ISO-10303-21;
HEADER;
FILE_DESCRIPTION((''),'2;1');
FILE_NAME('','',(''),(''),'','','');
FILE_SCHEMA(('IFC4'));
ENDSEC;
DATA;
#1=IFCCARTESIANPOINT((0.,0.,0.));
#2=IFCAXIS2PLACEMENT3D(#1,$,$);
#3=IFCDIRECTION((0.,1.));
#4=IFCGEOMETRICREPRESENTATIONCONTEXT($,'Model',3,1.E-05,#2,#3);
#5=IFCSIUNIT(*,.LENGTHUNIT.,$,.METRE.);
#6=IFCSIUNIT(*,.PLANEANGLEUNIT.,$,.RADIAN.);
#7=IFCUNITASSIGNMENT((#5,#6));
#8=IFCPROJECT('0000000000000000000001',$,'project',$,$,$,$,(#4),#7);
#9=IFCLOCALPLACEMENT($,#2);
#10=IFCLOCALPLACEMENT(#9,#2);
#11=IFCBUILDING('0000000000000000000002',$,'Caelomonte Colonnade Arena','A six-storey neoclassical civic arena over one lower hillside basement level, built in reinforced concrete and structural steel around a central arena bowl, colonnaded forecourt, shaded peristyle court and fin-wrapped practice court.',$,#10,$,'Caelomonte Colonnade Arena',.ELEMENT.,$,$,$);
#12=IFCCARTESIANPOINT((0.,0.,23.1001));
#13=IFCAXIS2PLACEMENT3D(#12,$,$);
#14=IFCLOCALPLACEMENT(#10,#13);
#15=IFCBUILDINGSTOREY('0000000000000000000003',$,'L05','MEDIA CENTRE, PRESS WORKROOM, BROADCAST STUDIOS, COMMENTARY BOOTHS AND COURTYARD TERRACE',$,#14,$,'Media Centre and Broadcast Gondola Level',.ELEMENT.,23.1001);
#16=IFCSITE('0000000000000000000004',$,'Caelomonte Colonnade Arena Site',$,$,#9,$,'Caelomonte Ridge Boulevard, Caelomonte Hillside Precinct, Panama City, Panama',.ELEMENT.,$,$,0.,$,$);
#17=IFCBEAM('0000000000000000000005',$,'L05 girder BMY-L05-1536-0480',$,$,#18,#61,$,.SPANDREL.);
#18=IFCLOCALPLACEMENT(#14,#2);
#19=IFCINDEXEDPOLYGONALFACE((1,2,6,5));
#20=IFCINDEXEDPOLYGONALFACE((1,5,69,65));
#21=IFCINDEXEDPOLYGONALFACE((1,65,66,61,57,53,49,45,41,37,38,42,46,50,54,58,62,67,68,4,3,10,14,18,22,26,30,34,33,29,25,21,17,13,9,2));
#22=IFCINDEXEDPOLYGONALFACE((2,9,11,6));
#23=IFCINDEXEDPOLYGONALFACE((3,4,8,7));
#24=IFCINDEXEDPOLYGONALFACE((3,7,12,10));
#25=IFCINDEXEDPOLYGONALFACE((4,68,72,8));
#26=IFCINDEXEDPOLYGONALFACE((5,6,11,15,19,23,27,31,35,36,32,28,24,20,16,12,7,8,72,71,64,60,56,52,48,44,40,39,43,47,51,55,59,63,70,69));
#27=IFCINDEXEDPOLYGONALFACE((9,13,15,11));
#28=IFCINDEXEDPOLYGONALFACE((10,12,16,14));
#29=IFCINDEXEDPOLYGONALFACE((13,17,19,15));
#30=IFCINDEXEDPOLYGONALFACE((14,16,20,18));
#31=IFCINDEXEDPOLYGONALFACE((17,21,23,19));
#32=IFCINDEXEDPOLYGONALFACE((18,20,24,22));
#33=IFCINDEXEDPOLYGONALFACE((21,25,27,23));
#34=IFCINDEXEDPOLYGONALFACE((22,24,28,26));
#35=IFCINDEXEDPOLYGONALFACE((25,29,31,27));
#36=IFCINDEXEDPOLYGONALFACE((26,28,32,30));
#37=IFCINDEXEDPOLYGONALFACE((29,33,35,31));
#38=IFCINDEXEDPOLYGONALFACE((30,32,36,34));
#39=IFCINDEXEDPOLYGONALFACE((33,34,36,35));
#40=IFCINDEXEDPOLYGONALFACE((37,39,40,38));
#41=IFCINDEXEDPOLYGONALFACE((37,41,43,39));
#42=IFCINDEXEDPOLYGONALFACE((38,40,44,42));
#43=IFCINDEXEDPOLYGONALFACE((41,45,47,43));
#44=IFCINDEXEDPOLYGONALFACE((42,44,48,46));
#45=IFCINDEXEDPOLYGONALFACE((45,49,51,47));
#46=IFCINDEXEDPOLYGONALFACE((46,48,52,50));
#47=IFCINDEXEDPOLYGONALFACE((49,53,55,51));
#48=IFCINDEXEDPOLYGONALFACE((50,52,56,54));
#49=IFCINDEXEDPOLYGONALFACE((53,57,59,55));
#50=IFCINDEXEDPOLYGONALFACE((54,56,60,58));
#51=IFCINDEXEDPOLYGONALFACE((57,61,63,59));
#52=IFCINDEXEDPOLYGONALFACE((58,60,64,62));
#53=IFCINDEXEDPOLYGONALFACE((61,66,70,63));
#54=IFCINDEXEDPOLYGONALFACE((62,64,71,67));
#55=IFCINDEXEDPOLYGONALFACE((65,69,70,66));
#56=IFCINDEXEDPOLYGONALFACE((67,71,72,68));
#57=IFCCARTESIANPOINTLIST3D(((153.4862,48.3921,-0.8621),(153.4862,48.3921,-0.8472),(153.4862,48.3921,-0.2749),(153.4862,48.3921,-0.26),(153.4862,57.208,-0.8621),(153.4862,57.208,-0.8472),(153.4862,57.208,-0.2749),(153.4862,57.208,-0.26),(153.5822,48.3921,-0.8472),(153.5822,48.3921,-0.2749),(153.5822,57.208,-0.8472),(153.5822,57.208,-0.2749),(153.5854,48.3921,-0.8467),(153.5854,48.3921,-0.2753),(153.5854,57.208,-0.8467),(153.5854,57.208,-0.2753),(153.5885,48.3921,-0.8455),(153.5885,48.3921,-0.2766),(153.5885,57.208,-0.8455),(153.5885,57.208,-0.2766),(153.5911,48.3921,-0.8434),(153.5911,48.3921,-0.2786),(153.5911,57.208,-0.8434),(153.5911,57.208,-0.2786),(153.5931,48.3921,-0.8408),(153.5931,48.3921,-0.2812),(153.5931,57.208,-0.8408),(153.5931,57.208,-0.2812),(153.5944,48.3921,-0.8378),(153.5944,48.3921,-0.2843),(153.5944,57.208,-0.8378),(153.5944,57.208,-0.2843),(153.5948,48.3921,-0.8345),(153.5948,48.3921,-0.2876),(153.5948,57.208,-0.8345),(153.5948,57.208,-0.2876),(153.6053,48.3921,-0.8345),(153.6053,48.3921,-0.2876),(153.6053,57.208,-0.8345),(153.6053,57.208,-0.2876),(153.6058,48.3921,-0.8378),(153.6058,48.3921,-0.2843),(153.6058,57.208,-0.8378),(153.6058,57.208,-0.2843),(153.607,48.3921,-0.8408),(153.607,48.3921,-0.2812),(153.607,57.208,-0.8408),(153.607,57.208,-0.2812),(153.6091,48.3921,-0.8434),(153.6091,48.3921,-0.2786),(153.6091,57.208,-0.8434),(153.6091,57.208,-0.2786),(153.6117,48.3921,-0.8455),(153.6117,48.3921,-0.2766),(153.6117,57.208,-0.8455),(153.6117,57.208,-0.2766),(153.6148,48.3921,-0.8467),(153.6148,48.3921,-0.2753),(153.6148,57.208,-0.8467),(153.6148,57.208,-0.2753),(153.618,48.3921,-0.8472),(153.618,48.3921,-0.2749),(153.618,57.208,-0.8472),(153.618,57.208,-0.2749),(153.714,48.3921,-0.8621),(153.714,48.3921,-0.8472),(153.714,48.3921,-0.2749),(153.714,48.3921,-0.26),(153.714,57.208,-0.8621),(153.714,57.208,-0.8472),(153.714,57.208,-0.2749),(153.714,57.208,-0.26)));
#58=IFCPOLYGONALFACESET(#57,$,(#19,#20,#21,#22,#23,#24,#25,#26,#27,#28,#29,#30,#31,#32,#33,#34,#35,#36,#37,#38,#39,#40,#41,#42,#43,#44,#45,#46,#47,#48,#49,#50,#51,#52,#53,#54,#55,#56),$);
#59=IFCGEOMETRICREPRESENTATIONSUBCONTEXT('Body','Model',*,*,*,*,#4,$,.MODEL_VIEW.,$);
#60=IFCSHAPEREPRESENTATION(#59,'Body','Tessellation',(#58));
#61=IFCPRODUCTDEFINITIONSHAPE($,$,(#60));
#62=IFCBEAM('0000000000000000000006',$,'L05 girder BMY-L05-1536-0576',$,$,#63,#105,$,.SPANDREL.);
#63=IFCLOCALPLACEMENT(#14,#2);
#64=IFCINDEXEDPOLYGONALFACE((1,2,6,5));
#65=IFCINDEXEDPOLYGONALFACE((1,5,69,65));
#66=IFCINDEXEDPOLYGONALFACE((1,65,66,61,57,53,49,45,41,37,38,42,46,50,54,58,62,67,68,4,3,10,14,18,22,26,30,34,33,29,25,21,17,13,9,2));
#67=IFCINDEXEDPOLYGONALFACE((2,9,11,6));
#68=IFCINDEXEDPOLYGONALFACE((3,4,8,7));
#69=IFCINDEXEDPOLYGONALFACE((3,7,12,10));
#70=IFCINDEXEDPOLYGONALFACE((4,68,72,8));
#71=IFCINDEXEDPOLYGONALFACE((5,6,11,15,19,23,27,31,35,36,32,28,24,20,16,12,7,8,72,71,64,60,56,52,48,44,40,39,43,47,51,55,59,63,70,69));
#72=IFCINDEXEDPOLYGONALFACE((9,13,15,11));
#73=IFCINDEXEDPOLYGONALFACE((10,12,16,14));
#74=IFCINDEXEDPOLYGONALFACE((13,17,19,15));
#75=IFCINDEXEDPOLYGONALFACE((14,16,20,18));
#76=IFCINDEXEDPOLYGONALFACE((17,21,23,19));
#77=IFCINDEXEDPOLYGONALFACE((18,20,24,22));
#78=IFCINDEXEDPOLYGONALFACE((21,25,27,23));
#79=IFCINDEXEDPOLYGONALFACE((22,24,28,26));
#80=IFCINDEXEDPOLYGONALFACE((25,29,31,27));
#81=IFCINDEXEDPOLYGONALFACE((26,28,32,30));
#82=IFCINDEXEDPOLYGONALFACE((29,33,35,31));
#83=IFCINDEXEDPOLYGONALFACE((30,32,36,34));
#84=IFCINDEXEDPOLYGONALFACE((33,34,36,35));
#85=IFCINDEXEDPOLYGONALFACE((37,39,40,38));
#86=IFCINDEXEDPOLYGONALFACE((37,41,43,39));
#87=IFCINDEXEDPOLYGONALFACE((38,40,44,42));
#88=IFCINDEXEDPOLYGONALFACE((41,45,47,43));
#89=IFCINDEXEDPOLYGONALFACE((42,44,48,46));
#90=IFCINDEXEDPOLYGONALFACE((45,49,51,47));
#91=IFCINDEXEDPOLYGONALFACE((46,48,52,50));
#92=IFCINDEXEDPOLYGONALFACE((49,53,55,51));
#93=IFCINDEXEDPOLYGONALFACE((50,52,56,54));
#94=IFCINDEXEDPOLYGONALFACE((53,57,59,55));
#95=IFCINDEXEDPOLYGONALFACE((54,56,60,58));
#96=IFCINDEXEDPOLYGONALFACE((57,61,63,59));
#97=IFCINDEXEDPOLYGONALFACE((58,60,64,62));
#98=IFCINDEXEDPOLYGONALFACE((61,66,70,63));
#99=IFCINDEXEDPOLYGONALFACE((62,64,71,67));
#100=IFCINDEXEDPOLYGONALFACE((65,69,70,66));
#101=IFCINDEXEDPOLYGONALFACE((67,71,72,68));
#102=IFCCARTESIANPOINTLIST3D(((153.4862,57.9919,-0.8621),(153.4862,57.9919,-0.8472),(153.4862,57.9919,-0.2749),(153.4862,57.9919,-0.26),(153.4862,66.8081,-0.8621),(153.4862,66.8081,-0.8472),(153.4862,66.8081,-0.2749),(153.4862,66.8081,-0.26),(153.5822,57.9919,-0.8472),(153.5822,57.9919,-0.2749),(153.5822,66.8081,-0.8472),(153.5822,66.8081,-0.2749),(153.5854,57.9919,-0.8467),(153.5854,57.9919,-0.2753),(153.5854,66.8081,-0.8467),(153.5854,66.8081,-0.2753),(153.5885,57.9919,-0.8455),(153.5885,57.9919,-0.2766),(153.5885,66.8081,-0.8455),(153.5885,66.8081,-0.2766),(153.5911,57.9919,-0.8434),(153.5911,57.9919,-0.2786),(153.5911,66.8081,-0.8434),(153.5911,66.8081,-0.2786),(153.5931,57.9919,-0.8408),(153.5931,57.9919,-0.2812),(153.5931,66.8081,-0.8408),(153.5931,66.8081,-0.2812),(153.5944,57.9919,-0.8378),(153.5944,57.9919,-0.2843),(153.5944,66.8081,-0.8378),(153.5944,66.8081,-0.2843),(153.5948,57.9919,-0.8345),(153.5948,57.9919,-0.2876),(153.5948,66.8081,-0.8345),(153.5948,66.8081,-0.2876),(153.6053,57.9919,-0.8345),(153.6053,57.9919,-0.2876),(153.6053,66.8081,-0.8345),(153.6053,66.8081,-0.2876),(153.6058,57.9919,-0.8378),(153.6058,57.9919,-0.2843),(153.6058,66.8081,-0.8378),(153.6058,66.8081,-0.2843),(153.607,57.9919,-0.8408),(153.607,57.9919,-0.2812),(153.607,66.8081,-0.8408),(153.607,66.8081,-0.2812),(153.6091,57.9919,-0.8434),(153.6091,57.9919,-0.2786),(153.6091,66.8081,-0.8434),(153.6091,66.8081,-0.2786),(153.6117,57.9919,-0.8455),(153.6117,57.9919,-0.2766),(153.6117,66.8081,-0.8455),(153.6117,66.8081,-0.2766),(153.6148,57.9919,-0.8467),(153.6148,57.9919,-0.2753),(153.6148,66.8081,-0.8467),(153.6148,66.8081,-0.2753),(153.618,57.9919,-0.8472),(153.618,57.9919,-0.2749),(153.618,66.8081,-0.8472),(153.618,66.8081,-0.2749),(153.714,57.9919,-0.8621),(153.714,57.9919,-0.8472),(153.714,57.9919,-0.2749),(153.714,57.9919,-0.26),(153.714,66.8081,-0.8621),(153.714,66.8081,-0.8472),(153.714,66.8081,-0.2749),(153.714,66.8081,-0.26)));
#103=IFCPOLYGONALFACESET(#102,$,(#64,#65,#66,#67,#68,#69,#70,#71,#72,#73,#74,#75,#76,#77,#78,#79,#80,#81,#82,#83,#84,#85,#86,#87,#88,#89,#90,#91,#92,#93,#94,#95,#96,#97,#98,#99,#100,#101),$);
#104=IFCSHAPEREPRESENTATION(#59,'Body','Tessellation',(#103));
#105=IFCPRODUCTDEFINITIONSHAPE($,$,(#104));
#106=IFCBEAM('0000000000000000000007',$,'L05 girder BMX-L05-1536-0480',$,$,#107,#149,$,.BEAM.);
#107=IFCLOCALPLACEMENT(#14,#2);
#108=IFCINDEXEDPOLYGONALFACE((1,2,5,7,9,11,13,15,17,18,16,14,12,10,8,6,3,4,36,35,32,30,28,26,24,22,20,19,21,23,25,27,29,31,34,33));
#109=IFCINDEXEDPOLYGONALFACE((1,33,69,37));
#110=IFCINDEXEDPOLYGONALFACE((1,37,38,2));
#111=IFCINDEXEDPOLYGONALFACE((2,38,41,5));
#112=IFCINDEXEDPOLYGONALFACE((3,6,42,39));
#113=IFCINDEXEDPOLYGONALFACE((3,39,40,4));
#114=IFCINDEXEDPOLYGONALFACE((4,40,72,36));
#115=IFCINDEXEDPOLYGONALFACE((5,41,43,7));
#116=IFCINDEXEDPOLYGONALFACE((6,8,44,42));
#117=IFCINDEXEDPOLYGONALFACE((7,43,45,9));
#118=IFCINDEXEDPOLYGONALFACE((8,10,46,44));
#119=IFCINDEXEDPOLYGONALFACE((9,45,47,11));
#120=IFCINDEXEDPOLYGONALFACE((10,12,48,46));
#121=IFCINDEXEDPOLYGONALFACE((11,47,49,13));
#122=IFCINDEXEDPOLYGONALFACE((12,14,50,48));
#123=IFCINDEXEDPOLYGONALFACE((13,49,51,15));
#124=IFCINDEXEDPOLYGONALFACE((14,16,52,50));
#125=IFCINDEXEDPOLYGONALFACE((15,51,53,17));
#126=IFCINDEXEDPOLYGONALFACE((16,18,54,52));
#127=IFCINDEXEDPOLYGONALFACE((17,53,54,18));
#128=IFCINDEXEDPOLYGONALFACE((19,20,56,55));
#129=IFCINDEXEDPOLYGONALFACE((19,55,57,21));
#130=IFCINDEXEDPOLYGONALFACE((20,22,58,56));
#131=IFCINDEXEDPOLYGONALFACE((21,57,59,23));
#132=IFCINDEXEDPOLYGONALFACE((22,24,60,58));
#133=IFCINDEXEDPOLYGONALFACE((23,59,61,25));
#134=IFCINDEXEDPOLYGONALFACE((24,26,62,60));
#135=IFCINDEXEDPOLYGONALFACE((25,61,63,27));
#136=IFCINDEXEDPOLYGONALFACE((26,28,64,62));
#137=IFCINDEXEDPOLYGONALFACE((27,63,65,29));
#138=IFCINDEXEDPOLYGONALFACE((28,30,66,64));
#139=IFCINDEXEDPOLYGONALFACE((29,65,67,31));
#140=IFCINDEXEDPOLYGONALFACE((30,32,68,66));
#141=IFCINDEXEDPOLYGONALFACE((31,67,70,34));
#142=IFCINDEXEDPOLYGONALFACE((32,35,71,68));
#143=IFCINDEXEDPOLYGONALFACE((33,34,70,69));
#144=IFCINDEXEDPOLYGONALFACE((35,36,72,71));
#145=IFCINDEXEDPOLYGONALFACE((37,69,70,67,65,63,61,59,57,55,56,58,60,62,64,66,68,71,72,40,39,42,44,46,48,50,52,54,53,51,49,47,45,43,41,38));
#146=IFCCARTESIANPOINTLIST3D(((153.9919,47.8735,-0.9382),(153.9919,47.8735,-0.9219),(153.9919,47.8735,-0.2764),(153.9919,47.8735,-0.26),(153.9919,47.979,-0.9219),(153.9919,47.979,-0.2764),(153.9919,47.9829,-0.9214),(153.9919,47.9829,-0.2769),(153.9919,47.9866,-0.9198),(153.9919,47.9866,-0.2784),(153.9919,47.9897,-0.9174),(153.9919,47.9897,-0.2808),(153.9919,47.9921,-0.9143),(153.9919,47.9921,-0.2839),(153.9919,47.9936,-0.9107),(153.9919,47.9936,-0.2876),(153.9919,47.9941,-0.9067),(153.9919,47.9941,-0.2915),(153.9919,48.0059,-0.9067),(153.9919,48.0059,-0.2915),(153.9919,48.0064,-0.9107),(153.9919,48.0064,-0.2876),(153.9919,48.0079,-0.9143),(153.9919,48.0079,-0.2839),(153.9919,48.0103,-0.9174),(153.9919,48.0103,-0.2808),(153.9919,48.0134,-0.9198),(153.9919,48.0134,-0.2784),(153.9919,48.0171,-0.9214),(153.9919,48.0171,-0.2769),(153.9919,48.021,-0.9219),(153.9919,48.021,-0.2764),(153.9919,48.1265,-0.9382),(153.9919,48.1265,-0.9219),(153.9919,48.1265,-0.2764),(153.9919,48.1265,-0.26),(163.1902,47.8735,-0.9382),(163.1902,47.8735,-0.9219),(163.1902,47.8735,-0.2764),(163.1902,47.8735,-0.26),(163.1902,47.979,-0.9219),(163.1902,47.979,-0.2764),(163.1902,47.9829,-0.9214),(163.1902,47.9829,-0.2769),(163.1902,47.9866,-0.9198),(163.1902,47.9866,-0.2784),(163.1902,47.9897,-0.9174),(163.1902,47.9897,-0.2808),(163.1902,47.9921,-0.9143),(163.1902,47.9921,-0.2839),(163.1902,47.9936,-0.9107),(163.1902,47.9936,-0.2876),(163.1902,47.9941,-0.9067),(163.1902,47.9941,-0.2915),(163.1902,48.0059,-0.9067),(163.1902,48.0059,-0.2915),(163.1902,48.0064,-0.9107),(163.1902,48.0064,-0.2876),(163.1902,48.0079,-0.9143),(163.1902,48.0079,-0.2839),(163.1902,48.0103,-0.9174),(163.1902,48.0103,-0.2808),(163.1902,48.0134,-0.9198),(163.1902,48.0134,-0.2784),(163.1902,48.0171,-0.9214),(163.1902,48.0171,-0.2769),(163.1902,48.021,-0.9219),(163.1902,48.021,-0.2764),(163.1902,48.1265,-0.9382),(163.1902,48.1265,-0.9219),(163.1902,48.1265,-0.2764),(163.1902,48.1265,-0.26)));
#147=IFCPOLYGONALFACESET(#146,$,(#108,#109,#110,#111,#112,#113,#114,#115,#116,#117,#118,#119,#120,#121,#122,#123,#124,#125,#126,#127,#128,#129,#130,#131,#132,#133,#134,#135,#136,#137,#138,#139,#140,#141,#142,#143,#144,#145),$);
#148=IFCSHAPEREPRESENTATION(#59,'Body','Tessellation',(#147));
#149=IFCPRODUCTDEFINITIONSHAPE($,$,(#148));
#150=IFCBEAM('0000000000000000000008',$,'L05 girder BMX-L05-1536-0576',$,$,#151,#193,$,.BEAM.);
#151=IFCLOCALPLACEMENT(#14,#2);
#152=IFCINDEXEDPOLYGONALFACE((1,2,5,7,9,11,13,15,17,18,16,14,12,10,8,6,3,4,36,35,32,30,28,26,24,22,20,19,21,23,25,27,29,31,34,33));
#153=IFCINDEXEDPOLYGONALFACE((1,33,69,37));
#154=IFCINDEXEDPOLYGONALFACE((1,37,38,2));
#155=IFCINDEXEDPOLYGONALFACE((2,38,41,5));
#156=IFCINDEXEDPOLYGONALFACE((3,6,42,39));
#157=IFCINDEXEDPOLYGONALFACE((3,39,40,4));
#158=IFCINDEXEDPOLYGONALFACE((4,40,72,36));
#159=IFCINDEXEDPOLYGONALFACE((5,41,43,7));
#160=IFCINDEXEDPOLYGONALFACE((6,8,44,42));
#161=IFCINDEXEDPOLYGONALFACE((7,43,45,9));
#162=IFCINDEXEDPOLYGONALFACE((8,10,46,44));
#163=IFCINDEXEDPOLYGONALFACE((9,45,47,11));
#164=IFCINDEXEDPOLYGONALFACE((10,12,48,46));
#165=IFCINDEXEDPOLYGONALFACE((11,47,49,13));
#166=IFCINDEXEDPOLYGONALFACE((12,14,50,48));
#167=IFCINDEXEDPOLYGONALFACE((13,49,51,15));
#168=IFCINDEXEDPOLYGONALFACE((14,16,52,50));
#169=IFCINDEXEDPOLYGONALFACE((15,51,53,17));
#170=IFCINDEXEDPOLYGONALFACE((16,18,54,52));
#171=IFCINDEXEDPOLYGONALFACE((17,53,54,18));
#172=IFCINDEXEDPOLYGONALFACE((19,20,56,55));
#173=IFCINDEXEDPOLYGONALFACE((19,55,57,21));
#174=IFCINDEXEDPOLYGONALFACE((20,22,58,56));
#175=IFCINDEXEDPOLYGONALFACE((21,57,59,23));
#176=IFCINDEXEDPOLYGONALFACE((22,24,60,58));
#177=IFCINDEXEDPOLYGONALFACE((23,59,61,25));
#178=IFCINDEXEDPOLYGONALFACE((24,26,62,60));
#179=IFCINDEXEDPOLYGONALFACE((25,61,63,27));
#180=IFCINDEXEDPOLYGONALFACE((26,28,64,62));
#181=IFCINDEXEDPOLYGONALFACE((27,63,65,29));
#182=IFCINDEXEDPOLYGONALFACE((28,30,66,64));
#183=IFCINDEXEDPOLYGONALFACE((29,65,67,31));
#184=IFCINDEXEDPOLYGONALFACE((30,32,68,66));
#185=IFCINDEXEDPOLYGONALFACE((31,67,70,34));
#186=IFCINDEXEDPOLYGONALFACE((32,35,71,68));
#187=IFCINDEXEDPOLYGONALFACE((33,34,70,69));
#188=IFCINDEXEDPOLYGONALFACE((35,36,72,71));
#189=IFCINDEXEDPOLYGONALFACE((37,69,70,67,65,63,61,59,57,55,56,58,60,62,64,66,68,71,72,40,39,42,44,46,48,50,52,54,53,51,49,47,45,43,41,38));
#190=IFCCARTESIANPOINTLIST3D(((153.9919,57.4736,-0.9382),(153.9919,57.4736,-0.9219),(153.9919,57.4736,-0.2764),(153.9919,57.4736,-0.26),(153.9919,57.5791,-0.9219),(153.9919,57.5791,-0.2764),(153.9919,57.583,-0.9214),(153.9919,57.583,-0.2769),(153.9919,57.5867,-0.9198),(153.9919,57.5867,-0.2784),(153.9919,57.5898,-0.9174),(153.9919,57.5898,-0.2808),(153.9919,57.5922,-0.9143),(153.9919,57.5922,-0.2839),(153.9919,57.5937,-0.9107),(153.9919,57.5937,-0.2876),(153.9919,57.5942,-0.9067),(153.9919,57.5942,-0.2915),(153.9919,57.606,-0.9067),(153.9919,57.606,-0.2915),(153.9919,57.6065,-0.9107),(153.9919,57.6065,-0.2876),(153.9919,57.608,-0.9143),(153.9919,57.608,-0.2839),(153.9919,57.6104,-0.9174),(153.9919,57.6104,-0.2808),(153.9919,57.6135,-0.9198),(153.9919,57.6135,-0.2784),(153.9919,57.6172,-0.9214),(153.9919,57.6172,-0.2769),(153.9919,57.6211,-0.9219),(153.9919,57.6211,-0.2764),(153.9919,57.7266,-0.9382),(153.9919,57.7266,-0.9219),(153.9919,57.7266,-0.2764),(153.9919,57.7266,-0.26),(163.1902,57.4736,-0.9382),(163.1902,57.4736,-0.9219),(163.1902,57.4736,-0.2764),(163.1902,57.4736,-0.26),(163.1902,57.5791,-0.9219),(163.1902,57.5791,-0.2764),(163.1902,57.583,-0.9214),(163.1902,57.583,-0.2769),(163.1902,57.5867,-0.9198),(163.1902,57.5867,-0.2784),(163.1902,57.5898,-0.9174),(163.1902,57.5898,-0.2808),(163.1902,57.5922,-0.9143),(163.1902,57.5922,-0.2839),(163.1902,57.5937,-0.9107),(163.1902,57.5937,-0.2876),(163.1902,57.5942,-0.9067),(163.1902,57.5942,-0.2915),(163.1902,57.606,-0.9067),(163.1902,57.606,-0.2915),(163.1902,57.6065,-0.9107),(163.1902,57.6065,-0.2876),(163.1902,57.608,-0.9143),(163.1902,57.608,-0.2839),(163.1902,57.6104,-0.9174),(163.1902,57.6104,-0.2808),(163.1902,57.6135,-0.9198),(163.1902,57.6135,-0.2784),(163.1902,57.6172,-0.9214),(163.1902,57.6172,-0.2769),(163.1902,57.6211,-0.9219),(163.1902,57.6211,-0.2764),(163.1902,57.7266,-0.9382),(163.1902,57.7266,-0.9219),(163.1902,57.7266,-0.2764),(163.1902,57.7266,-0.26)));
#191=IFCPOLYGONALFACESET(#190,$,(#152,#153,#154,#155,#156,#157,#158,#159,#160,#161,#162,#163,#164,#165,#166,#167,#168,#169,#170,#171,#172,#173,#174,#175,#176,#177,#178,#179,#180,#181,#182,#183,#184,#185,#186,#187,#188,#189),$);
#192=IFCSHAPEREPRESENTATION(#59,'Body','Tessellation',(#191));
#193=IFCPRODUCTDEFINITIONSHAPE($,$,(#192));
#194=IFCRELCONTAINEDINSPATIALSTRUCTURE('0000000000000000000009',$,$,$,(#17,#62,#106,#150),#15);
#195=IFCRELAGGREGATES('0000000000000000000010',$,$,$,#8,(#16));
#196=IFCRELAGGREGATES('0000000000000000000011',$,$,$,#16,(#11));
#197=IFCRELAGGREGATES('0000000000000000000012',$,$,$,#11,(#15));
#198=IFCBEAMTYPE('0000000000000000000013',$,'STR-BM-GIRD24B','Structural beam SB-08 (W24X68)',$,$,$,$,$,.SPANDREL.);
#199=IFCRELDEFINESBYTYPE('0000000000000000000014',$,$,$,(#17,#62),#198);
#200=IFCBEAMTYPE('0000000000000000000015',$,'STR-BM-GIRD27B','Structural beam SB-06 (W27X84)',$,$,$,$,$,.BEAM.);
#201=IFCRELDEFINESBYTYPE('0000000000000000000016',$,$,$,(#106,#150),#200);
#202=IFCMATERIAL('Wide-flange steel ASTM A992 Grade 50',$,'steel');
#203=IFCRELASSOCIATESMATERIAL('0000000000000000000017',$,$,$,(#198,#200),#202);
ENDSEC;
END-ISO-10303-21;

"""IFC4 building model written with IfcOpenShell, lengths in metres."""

from ifc_helpers import new_model, si_unit, direction, frame, origin, origin_2d, place, context, subcontext, project, spatial, i_section, extrude, material, material_profile, profile_set, type_object, element, save


model = new_model("IFC4")

# Units and contexts
model_context = context("Model", 3, precision=1e-05, world=origin(), true_north=direction((0.0, 1.0)))
body_context = subcontext(model_context, "Body", "Model", "MODEL_VIEW")
ifc_project = project(units=[si_unit("LENGTHUNIT", "METRE"), si_unit("PLANEANGLEUNIT", "RADIAN")], contexts=[model_context])

# Site, building, storey
site_placement = place(None, origin())
site = spatial("IfcSite", under=ifc_project, at=site_placement, Name="Caelomonte Colonnade Arena Site", LongName="Caelomonte Ridge Boulevard, Caelomonte Hillside Precinct, Panama City, Panama", CompositionType="ELEMENT", RefElevation=0.0)
building_placement = place(site_placement, origin())
building = spatial("IfcBuilding", under=site, at=building_placement, Name="Caelomonte Colonnade Arena", Description="A six-storey neoclassical civic arena over one lower hillside basement level, built in reinforced concrete and structural steel around a central arena bowl, colonnaded forecourt, shaded peristyle court and fin-wrapped practice court.", LongName="Caelomonte Colonnade Arena", CompositionType="ELEMENT")
storey_placement = place(building_placement, frame((0.0, 0.0, 23.1001)))
storey = spatial("IfcBuildingStorey", under=building, at=storey_placement, Name="L05", Description="MEDIA CENTRE, PRESS WORKROOM, BROADCAST STUDIOS, COMMENTARY BOOTHS AND COURTYARD TERRACE", LongName="Media Centre and Broadcast Gondola Level", CompositionType="ELEMENT", Elevation=23.1001)

# Shared definitions
ifc_material_1 = material(Name="Wide-flange steel ASTM A992 Grade 50", Category="steel")

# Beams
ifc_material_profile_1 = material_profile(ifc_material_1, i_section(OverallWidth=0.2278, OverallDepth=0.6021, WebThickness=0.0105, FlangeThickness=0.0149, FilletRadius=0.0127, at=origin_2d()), Name="W24X68")
ifc_profile_set_1 = profile_set([ifc_material_profile_1], Name="Wide-flange steel ASTM A992 Grade 50")
beam_type_1 = type_object("IfcBeamType", Name="STR-BM-GIRD24B", Description="Structural beam SB-08 (W24X68)", PredefinedType="SPANDREL", material=ifc_profile_set_1)
beam_1_placement = place(storey_placement, frame((153.6001, 48.3921, -0.561), z_axis=(0.0, 1.0, 0.0), x_axis=(-1.0, 0.0, 0.0)))
element("IfcBeam", 1, at=beam_1_placement, inside=storey, type_object=beam_type_1, Name="L05 girder BMY-L05-1536-0480", PredefinedType="SPANDREL", context=body_context, shape_type="SweptSolid", body=[
    extrude(i_section(OverallWidth=0.2278, OverallDepth=0.6021, WebThickness=0.0105, FlangeThickness=0.0149, FilletRadius=0.0127, at=origin_2d()), origin(), (0.0, 0.0, 1.0), 8.8159),
])
beam_2_placement = place(storey_placement, frame((153.6001, 57.9919, -0.561), z_axis=(0.0, 1.0, 0.0), x_axis=(-1.0, 0.0, 0.0)))
element("IfcBeam", 2, at=beam_2_placement, inside=storey, type_object=beam_type_1, Name="L05 girder BMY-L05-1536-0576", PredefinedType="SPANDREL", context=body_context, shape_type="SweptSolid", body=[
    extrude(i_section(OverallWidth=0.2278, OverallDepth=0.6021, WebThickness=0.0105, FlangeThickness=0.0149, FilletRadius=0.0127, at=origin_2d()), origin(), (0.0, 0.0, 1.0), 8.8162),
])
ifc_material_profile_2 = material_profile(ifc_material_1, i_section(OverallWidth=0.2529, OverallDepth=0.6782, WebThickness=0.0117, FlangeThickness=0.0164, FilletRadius=0.0151, at=origin_2d()), Name="W27X84")
ifc_profile_set_2 = profile_set([ifc_material_profile_2], Name="Wide-flange steel ASTM A992 Grade 50")
beam_type_2 = type_object("IfcBeamType", Name="STR-BM-GIRD27B", Description="Structural beam SB-06 (W27X84)", PredefinedType="BEAM", material=ifc_profile_set_2)
for number, where, z_axis, x_axis, name in (
    (3, (153.9919, 48.0, -0.5991), (1.0, 0.0, 0.0), (0.0, 1.0, 0.0), "L05 girder BMX-L05-1536-0480"),
    (4, (153.9919, 57.6001, -0.5991), (1.0, 0.0, 0.0), (0.0, 1.0, 0.0), "L05 girder BMX-L05-1536-0576"),
):
    element("IfcBeam", number, at=place(storey_placement, frame(where, z_axis=z_axis, x_axis=x_axis)), inside=storey, type_object=beam_type_2, Name=name, PredefinedType="BEAM", context=body_context, shape_type="SweptSolid", body=[
        extrude(i_section(OverallWidth=0.2529, OverallDepth=0.6782, WebThickness=0.0117, FlangeThickness=0.0164, FilletRadius=0.0151, at=origin_2d()), origin(), (0.0, 0.0, 1.0), 9.1982),
    ])

save(model, "model.ifc")
